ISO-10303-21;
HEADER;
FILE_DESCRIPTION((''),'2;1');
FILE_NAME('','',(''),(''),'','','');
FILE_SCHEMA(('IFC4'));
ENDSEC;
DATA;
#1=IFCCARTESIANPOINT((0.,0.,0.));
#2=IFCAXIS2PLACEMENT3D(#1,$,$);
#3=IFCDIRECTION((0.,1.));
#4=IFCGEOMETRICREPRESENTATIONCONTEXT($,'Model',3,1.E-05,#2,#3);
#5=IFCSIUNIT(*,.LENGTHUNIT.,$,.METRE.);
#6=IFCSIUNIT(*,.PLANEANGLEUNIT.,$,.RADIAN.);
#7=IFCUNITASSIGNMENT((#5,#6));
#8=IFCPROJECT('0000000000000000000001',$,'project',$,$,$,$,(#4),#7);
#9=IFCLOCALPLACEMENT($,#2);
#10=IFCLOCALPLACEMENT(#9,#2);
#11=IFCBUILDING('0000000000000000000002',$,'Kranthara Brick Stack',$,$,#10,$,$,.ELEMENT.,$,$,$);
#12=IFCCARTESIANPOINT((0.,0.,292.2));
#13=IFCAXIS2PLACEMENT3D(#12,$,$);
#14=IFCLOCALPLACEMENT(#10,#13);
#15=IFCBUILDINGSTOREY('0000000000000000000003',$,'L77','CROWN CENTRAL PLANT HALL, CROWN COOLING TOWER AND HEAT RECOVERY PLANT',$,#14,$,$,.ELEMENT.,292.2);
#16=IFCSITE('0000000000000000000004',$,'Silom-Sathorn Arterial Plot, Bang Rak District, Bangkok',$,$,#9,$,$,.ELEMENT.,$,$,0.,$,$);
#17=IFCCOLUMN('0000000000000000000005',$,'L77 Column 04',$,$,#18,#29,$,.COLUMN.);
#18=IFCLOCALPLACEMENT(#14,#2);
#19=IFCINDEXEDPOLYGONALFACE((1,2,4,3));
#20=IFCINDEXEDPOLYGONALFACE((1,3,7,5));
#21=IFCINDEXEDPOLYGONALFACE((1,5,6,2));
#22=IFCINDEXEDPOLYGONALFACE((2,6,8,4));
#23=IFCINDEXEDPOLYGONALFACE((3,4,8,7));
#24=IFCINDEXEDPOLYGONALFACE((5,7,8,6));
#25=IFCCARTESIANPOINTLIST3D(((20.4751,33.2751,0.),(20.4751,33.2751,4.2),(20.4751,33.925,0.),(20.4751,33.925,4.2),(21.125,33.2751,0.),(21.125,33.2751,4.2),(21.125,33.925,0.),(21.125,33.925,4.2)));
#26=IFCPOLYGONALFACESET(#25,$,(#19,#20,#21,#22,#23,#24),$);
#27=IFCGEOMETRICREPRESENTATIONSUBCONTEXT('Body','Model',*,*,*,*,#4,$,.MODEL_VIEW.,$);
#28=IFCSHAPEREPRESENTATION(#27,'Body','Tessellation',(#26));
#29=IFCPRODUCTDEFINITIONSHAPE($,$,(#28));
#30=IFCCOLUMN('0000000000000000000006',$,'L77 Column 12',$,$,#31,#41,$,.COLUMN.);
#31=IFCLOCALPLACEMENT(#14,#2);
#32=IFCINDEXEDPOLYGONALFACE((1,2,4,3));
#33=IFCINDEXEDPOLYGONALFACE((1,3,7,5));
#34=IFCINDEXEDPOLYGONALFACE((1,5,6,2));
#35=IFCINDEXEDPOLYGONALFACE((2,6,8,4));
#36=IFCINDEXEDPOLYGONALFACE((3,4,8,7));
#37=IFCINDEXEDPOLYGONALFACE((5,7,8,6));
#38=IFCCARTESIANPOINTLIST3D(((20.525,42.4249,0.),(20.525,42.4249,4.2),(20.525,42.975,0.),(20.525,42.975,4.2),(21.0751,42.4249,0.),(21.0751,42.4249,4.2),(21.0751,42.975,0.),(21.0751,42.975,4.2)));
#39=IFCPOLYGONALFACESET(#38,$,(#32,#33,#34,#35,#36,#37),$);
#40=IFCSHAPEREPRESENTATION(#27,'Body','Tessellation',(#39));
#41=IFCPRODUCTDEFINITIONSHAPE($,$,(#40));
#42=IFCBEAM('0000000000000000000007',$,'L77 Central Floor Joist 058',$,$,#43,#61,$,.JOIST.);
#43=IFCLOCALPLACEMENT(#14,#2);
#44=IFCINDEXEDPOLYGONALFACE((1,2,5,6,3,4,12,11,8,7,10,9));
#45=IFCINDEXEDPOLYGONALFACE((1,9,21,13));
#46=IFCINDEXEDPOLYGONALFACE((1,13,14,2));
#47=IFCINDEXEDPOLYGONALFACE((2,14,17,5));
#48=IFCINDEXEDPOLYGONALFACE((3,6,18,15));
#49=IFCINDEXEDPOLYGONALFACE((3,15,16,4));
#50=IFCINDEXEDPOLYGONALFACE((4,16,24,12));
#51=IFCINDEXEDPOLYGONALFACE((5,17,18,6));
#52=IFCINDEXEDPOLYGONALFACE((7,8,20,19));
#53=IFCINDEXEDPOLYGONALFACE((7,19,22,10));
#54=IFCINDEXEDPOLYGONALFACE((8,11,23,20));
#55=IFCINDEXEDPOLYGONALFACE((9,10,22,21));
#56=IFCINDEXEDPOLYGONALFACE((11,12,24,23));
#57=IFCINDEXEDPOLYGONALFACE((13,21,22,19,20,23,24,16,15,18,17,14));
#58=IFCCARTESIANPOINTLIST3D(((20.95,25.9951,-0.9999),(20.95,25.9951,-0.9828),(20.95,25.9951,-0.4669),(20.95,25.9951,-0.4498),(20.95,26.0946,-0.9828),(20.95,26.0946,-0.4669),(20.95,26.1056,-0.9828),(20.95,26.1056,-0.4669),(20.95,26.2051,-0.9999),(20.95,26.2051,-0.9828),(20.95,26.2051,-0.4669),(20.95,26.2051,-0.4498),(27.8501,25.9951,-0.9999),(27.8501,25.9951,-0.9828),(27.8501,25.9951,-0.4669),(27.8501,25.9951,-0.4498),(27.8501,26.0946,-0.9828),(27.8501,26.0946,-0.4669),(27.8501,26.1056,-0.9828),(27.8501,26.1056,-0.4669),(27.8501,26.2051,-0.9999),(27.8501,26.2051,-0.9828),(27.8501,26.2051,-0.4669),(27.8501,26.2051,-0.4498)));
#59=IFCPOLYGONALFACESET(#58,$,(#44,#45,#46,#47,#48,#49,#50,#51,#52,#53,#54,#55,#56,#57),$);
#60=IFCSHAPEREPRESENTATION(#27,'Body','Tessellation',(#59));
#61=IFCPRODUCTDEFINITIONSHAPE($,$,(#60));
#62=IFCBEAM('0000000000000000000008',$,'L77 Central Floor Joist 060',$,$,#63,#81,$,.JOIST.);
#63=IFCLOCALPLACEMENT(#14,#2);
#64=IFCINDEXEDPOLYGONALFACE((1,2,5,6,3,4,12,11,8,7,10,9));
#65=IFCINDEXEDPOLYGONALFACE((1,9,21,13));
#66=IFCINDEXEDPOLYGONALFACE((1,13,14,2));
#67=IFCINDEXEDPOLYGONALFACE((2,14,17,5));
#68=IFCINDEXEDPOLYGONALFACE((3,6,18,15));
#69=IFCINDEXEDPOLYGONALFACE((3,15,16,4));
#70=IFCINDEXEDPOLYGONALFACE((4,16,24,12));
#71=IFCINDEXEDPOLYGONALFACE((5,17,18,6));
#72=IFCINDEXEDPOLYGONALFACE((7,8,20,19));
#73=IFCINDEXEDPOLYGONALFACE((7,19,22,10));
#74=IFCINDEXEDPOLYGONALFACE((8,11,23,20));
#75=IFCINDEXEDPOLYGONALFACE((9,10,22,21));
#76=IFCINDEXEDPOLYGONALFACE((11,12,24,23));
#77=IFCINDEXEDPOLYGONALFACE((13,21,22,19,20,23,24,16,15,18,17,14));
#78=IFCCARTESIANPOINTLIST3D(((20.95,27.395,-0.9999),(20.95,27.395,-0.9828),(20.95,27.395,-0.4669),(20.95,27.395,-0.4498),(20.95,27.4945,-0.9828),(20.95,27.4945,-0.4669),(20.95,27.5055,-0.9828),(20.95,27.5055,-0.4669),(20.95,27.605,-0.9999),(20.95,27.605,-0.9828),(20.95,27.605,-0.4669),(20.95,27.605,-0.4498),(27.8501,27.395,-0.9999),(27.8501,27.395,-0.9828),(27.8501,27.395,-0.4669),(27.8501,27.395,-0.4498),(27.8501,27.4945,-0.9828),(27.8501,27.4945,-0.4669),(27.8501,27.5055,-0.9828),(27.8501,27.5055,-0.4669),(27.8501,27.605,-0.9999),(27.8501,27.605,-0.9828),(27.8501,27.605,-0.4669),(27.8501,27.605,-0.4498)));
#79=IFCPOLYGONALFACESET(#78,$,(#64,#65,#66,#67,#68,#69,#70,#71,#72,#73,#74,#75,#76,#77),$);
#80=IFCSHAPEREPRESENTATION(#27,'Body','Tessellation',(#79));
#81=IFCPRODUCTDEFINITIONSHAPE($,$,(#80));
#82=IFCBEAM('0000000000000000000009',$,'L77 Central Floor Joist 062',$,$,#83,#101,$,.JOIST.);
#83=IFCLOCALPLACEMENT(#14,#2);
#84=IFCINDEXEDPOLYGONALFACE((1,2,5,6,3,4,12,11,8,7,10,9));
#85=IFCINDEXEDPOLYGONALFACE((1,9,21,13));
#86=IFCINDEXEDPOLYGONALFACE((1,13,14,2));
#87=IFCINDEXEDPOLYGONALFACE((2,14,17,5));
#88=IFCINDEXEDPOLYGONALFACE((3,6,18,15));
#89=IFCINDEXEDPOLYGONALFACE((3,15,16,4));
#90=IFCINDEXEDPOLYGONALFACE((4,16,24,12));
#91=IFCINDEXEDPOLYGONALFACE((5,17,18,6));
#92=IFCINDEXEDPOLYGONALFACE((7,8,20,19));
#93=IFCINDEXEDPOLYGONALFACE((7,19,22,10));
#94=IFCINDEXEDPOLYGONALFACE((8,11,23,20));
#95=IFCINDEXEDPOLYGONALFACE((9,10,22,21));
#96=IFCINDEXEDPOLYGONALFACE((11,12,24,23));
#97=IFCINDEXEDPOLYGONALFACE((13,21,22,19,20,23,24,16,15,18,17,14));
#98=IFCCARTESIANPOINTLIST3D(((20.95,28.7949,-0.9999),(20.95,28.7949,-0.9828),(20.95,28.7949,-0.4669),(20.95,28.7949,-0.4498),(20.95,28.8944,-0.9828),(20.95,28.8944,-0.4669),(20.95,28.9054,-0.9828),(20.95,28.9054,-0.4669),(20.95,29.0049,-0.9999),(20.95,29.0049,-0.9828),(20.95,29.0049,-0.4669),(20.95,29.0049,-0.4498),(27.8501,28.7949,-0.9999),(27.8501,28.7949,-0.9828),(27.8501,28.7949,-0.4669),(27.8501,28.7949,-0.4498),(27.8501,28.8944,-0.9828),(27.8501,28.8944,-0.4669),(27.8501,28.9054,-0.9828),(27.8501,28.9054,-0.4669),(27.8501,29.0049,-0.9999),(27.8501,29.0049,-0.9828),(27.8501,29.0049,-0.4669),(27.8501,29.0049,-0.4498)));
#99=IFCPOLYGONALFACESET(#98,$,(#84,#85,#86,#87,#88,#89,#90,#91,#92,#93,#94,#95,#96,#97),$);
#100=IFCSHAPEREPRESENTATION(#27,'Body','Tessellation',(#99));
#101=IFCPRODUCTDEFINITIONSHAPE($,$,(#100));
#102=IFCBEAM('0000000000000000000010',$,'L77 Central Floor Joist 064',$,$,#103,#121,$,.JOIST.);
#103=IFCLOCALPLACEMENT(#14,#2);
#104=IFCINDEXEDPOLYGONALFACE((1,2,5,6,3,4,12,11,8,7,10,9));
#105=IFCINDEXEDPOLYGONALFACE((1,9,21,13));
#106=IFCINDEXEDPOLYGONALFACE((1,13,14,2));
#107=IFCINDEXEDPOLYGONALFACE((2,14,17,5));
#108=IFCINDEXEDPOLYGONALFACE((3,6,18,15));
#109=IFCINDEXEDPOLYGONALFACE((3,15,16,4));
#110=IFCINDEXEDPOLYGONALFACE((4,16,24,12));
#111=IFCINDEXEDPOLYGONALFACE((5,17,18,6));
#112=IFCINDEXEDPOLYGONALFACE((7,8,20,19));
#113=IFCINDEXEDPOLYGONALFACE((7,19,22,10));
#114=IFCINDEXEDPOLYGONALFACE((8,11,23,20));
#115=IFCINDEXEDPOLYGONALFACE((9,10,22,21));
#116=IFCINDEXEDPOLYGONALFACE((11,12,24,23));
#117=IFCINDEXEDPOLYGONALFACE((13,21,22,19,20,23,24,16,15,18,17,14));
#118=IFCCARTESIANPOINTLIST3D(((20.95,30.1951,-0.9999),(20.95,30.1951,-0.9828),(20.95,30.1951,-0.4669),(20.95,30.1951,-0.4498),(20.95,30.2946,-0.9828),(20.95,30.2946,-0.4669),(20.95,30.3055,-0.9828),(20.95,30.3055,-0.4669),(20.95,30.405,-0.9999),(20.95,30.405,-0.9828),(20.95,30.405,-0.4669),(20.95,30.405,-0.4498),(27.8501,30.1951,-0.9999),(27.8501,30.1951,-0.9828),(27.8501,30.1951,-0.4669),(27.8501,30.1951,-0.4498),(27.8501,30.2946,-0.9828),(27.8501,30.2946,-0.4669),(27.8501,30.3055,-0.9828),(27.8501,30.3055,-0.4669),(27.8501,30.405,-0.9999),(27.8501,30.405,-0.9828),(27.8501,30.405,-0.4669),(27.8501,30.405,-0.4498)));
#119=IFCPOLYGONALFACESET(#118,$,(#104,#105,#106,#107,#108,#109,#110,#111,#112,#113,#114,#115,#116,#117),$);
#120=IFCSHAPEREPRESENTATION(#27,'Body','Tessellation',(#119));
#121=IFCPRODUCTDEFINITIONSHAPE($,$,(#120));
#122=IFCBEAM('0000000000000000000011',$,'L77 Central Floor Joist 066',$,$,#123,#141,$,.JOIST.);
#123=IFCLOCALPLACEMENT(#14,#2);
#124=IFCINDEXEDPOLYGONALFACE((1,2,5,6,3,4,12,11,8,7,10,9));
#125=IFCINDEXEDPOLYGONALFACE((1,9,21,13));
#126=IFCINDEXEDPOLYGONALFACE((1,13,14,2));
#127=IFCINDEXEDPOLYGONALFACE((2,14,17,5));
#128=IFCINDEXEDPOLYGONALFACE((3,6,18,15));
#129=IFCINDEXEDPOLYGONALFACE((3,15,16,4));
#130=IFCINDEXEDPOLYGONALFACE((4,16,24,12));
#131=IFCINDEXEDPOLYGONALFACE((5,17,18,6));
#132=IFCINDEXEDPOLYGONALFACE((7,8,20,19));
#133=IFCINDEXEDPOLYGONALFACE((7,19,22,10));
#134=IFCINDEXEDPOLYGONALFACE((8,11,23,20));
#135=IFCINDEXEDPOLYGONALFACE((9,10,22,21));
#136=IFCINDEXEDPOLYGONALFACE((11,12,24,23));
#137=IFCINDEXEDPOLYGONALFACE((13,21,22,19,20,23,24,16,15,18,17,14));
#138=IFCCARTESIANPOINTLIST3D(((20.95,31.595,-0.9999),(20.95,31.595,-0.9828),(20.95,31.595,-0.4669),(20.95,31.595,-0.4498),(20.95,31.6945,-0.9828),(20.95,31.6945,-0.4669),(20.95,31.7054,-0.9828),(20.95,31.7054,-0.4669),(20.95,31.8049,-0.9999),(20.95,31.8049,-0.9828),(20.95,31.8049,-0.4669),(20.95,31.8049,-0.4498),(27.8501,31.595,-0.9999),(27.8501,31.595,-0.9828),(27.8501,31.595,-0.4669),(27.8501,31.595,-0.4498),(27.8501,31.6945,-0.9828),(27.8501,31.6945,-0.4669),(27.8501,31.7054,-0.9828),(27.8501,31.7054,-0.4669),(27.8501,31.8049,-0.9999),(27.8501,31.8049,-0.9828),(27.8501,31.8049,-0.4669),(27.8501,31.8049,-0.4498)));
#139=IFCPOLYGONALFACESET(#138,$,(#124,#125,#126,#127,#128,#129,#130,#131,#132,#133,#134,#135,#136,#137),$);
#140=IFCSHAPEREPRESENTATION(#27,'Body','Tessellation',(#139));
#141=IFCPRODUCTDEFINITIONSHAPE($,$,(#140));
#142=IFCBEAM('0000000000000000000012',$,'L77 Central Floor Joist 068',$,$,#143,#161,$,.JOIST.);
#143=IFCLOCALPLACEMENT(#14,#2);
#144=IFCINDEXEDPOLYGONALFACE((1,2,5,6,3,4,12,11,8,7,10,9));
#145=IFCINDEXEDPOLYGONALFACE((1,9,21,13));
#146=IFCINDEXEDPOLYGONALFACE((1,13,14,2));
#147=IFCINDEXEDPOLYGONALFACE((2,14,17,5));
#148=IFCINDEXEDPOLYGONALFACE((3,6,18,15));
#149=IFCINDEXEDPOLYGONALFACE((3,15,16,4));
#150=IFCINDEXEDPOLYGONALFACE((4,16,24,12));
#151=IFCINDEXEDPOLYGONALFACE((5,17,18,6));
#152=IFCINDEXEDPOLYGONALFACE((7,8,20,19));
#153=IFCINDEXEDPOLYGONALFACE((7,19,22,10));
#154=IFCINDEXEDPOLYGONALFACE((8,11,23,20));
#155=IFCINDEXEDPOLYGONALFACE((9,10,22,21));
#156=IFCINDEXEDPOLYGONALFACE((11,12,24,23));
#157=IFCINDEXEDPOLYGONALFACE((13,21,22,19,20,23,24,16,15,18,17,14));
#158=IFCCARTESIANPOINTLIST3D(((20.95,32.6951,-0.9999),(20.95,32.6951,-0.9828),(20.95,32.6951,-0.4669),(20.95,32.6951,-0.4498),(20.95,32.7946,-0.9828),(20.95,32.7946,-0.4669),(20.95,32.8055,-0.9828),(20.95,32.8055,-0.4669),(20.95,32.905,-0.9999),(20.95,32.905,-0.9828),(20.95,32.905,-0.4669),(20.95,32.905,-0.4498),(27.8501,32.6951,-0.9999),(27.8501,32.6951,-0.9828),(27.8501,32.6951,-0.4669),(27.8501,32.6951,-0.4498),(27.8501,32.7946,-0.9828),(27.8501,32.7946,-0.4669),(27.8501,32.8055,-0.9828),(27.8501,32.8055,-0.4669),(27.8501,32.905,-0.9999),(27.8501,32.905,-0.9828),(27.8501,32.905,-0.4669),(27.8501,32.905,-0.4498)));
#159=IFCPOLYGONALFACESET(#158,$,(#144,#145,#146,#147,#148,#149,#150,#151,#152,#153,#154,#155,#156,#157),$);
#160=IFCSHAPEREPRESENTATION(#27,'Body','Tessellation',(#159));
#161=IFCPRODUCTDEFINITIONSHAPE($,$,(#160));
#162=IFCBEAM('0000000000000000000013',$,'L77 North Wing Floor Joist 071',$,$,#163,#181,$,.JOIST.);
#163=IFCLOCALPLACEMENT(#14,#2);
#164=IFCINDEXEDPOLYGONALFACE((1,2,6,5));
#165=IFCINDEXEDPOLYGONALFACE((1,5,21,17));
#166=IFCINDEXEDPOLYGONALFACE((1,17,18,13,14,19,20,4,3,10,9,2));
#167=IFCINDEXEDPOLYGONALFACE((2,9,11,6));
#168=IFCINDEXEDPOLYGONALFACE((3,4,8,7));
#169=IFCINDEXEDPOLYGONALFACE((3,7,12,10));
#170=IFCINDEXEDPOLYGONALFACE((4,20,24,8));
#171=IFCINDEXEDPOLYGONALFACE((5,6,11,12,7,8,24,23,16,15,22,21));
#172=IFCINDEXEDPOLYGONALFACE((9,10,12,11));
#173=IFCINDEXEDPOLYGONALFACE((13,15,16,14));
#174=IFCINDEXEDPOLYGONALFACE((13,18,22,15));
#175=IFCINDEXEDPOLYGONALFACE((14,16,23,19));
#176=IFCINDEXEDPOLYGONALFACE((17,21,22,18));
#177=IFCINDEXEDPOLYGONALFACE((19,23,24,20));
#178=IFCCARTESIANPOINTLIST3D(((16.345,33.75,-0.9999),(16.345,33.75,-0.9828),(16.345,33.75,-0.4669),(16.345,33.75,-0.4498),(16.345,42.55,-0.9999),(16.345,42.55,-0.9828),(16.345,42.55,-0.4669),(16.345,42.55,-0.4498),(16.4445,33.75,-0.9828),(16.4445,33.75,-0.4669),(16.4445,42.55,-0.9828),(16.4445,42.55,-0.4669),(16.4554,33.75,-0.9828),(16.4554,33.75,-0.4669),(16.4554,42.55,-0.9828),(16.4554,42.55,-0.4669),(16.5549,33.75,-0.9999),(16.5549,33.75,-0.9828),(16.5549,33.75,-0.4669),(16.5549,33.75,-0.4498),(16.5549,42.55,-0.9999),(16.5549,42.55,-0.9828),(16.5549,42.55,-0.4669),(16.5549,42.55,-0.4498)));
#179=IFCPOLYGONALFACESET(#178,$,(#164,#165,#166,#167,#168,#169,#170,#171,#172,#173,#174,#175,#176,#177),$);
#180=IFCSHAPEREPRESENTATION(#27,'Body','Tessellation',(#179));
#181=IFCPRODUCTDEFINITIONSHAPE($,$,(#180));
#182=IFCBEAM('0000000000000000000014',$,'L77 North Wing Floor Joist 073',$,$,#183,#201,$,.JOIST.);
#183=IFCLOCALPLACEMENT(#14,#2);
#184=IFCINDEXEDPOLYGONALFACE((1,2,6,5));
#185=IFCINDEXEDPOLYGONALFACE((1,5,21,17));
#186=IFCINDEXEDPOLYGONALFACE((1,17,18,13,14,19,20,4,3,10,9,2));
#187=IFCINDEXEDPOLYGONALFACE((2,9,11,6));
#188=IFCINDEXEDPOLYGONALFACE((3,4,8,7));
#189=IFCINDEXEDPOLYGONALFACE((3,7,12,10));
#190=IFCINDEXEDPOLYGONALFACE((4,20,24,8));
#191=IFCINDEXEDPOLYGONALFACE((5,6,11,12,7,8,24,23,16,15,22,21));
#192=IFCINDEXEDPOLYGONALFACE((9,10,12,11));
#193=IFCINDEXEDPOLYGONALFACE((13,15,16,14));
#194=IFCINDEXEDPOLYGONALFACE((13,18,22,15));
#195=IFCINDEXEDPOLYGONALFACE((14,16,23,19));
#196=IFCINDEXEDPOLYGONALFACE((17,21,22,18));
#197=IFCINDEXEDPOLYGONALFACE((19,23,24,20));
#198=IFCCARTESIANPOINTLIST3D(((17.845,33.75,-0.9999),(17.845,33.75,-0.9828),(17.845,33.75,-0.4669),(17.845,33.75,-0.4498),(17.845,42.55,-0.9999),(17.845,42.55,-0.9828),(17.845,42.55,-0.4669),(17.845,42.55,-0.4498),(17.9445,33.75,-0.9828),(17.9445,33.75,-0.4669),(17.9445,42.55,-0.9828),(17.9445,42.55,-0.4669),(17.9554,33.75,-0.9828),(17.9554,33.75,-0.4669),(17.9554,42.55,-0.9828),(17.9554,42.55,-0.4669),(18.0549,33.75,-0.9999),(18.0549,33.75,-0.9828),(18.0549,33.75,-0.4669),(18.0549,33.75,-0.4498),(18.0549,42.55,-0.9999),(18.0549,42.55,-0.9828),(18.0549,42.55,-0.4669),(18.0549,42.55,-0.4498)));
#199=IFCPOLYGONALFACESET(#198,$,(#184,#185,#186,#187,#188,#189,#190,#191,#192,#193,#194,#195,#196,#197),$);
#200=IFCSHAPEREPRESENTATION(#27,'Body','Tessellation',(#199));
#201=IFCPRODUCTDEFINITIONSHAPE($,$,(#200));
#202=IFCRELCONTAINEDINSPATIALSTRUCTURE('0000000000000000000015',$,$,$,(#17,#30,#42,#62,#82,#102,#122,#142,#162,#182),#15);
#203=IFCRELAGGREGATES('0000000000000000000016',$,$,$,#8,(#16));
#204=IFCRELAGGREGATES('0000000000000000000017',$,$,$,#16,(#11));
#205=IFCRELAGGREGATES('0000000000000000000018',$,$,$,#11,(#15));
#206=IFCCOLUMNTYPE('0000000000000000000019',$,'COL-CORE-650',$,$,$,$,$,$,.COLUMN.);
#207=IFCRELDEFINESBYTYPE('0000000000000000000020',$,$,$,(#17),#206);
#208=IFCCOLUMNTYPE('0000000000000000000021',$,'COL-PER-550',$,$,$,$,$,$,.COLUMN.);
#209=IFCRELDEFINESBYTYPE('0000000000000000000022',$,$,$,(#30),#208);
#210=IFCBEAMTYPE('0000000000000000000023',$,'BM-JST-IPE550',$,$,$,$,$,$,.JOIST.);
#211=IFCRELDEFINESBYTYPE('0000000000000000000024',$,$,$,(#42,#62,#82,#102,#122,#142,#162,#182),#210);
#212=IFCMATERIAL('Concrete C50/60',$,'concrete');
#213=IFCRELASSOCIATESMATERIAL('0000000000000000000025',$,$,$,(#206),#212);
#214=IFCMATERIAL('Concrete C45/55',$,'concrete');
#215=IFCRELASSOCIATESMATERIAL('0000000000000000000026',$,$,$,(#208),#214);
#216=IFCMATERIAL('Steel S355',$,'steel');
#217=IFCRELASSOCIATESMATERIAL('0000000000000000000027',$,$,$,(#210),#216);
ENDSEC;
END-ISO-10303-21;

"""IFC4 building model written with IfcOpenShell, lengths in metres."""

from ifc_helpers import new_model, si_unit, direction, frame, origin, origin_2d, place, context, subcontext, project, spatial, rectangle, i_section, extrude, material, material_profile, profile_set, type_object, element, save


model = new_model("IFC4")

# Units and contexts
model_context = context("Model", 3, precision=1e-05, world=origin(), true_north=direction((0.0, 1.0)))
body_context = subcontext(model_context, "Body", "Model", "MODEL_VIEW")
ifc_project = project(units=[si_unit("LENGTHUNIT", "METRE"), si_unit("PLANEANGLEUNIT", "RADIAN")], contexts=[model_context])

# Site, building, storey
site_placement = place(None, origin())
site = spatial("IfcSite", under=ifc_project, at=site_placement, Name="Silom-Sathorn Arterial Plot, Bang Rak District, Bangkok", CompositionType="ELEMENT", RefElevation=0.0)
building_placement = place(site_placement, origin())
building = spatial("IfcBuilding", under=site, at=building_placement, Name="Kranthara Brick Stack", CompositionType="ELEMENT")
storey_placement = place(building_placement, frame((0.0, 0.0, 292.2)))
storey = spatial("IfcBuildingStorey", under=building, at=storey_placement, Name="L77", Description="CROWN CENTRAL PLANT HALL, CROWN COOLING TOWER AND HEAT RECOVERY PLANT", CompositionType="ELEMENT", Elevation=292.2)

# Columns
ifc_material_1 = material(Name="Concrete C50/60", Category="concrete")
ifc_material_profile_1 = material_profile(ifc_material_1, rectangle(XDim=0.6499, YDim=0.6499, at=origin_2d()), Name="RC 650x650")
ifc_profile_set_1 = profile_set([ifc_material_profile_1], Name="Concrete C50/60")
column_type_1 = type_object("IfcColumnType", Name="COL-CORE-650", PredefinedType="COLUMN", material=ifc_profile_set_1)
column_1_placement = place(storey_placement, frame((20.8, 33.6001, 0.0), z_axis=(0.0, 0.0, 1.0), x_axis=(1.0, 0.0, 0.0)))
element("IfcColumn", 1, at=column_1_placement, inside=storey, type_object=column_type_1, Name="L77 Column 04", PredefinedType="COLUMN", context=body_context, shape_type="SweptSolid", body=[
    extrude(rectangle(XDim=0.6499, YDim=0.6499, at=origin_2d()), origin(), (0.0, 0.0, 1.0), 4.2),
])
ifc_material_2 = material(Name="Concrete C45/55", Category="concrete")
ifc_material_profile_2 = material_profile(ifc_material_2, rectangle(XDim=0.55, YDim=0.55, at=origin_2d()), Name="RC 550x550")
ifc_profile_set_2 = profile_set([ifc_material_profile_2], Name="Concrete C45/55")
column_type_2 = type_object("IfcColumnType", Name="COL-PER-550", PredefinedType="COLUMN", material=ifc_profile_set_2)
column_2_placement = place(storey_placement, frame((20.8, 42.7, 0.0), z_axis=(0.0, 0.0, 1.0), x_axis=(1.0, 0.0, 0.0)))
element("IfcColumn", 2, at=column_2_placement, inside=storey, type_object=column_type_2, Name="L77 Column 12", PredefinedType="COLUMN", context=body_context, shape_type="SweptSolid", body=[
    extrude(rectangle(XDim=0.55, YDim=0.55, at=origin_2d()), origin(), (0.0, 0.0, 1.0), 4.2),
])

# Beams
ifc_material_3 = material(Name="Steel S355", Category="steel")
ifc_material_profile_3 = material_profile(ifc_material_3, i_section(OverallWidth=0.21, OverallDepth=0.55, WebThickness=0.011, FlangeThickness=0.0171, at=origin_2d()), Name="IPE 550")
ifc_profile_set_3 = profile_set([ifc_material_profile_3], Name="Steel S355")
beam_type_1 = type_object("IfcBeamType", Name="BM-JST-IPE550", PredefinedType="JOIST", material=ifc_profile_set_3)
for number, where, z_axis, x_axis, name in (
    (3, (20.95, 26.1001, -0.7249), (1.0, 0.0, 0.0), (0.0, 1.0, 0.0), "L77 Central Floor Joist 058"),
    (4, (20.95, 27.5, -0.7249), (1.0, 0.0, 0.0), (0.0, 1.0, 0.0), "L77 Central Floor Joist 060"),
    (5, (20.95, 28.8999, -0.7249), (1.0, 0.0, 0.0), (0.0, 1.0, 0.0), "L77 Central Floor Joist 062"),
    (6, (20.95, 30.3, -0.7249), (1.0, 0.0, 0.0), (0.0, 1.0, 0.0), "L77 Central Floor Joist 064"),
    (7, (20.95, 31.7, -0.7249), (1.0, 0.0, 0.0), (0.0, 1.0, 0.0), "L77 Central Floor Joist 066"),
    (8, (20.95, 32.8, -0.7249), (1.0, 0.0, 0.0), (0.0, 1.0, 0.0), "L77 Central Floor Joist 068"),
):
    element("IfcBeam", number, at=place(storey_placement, frame(where, z_axis=z_axis, x_axis=x_axis)), inside=storey, type_object=beam_type_1, Name=name, PredefinedType="JOIST", context=body_context, shape_type="SweptSolid", body=[
        extrude(i_section(OverallWidth=0.21, OverallDepth=0.55, WebThickness=0.011, FlangeThickness=0.0171, at=origin_2d()), origin(), (0.0, 0.0, 1.0), 6.9001),
    ])
for number, where, z_axis, x_axis, name in (
    (9, (16.45, 33.75, -0.7249), (0.0, 1.0, 0.0), (-1.0, 0.0, 0.0), "L77 North Wing Floor Joist 071"),
    (10, (17.95, 33.75, -0.7249), (0.0, 1.0, 0.0), (-1.0, 0.0, 0.0), "L77 North Wing Floor Joist 073"),
):
    element("IfcBeam", number, at=place(storey_placement, frame(where, z_axis=z_axis, x_axis=x_axis)), inside=storey, type_object=beam_type_1, Name=name, PredefinedType="JOIST", context=body_context, shape_type="SweptSolid", body=[
        extrude(i_section(OverallWidth=0.21, OverallDepth=0.55, WebThickness=0.011, FlangeThickness=0.0171, at=origin_2d()), origin(), (0.0, 0.0, 1.0), 8.8),
    ])

save(model, "model.ifc")
